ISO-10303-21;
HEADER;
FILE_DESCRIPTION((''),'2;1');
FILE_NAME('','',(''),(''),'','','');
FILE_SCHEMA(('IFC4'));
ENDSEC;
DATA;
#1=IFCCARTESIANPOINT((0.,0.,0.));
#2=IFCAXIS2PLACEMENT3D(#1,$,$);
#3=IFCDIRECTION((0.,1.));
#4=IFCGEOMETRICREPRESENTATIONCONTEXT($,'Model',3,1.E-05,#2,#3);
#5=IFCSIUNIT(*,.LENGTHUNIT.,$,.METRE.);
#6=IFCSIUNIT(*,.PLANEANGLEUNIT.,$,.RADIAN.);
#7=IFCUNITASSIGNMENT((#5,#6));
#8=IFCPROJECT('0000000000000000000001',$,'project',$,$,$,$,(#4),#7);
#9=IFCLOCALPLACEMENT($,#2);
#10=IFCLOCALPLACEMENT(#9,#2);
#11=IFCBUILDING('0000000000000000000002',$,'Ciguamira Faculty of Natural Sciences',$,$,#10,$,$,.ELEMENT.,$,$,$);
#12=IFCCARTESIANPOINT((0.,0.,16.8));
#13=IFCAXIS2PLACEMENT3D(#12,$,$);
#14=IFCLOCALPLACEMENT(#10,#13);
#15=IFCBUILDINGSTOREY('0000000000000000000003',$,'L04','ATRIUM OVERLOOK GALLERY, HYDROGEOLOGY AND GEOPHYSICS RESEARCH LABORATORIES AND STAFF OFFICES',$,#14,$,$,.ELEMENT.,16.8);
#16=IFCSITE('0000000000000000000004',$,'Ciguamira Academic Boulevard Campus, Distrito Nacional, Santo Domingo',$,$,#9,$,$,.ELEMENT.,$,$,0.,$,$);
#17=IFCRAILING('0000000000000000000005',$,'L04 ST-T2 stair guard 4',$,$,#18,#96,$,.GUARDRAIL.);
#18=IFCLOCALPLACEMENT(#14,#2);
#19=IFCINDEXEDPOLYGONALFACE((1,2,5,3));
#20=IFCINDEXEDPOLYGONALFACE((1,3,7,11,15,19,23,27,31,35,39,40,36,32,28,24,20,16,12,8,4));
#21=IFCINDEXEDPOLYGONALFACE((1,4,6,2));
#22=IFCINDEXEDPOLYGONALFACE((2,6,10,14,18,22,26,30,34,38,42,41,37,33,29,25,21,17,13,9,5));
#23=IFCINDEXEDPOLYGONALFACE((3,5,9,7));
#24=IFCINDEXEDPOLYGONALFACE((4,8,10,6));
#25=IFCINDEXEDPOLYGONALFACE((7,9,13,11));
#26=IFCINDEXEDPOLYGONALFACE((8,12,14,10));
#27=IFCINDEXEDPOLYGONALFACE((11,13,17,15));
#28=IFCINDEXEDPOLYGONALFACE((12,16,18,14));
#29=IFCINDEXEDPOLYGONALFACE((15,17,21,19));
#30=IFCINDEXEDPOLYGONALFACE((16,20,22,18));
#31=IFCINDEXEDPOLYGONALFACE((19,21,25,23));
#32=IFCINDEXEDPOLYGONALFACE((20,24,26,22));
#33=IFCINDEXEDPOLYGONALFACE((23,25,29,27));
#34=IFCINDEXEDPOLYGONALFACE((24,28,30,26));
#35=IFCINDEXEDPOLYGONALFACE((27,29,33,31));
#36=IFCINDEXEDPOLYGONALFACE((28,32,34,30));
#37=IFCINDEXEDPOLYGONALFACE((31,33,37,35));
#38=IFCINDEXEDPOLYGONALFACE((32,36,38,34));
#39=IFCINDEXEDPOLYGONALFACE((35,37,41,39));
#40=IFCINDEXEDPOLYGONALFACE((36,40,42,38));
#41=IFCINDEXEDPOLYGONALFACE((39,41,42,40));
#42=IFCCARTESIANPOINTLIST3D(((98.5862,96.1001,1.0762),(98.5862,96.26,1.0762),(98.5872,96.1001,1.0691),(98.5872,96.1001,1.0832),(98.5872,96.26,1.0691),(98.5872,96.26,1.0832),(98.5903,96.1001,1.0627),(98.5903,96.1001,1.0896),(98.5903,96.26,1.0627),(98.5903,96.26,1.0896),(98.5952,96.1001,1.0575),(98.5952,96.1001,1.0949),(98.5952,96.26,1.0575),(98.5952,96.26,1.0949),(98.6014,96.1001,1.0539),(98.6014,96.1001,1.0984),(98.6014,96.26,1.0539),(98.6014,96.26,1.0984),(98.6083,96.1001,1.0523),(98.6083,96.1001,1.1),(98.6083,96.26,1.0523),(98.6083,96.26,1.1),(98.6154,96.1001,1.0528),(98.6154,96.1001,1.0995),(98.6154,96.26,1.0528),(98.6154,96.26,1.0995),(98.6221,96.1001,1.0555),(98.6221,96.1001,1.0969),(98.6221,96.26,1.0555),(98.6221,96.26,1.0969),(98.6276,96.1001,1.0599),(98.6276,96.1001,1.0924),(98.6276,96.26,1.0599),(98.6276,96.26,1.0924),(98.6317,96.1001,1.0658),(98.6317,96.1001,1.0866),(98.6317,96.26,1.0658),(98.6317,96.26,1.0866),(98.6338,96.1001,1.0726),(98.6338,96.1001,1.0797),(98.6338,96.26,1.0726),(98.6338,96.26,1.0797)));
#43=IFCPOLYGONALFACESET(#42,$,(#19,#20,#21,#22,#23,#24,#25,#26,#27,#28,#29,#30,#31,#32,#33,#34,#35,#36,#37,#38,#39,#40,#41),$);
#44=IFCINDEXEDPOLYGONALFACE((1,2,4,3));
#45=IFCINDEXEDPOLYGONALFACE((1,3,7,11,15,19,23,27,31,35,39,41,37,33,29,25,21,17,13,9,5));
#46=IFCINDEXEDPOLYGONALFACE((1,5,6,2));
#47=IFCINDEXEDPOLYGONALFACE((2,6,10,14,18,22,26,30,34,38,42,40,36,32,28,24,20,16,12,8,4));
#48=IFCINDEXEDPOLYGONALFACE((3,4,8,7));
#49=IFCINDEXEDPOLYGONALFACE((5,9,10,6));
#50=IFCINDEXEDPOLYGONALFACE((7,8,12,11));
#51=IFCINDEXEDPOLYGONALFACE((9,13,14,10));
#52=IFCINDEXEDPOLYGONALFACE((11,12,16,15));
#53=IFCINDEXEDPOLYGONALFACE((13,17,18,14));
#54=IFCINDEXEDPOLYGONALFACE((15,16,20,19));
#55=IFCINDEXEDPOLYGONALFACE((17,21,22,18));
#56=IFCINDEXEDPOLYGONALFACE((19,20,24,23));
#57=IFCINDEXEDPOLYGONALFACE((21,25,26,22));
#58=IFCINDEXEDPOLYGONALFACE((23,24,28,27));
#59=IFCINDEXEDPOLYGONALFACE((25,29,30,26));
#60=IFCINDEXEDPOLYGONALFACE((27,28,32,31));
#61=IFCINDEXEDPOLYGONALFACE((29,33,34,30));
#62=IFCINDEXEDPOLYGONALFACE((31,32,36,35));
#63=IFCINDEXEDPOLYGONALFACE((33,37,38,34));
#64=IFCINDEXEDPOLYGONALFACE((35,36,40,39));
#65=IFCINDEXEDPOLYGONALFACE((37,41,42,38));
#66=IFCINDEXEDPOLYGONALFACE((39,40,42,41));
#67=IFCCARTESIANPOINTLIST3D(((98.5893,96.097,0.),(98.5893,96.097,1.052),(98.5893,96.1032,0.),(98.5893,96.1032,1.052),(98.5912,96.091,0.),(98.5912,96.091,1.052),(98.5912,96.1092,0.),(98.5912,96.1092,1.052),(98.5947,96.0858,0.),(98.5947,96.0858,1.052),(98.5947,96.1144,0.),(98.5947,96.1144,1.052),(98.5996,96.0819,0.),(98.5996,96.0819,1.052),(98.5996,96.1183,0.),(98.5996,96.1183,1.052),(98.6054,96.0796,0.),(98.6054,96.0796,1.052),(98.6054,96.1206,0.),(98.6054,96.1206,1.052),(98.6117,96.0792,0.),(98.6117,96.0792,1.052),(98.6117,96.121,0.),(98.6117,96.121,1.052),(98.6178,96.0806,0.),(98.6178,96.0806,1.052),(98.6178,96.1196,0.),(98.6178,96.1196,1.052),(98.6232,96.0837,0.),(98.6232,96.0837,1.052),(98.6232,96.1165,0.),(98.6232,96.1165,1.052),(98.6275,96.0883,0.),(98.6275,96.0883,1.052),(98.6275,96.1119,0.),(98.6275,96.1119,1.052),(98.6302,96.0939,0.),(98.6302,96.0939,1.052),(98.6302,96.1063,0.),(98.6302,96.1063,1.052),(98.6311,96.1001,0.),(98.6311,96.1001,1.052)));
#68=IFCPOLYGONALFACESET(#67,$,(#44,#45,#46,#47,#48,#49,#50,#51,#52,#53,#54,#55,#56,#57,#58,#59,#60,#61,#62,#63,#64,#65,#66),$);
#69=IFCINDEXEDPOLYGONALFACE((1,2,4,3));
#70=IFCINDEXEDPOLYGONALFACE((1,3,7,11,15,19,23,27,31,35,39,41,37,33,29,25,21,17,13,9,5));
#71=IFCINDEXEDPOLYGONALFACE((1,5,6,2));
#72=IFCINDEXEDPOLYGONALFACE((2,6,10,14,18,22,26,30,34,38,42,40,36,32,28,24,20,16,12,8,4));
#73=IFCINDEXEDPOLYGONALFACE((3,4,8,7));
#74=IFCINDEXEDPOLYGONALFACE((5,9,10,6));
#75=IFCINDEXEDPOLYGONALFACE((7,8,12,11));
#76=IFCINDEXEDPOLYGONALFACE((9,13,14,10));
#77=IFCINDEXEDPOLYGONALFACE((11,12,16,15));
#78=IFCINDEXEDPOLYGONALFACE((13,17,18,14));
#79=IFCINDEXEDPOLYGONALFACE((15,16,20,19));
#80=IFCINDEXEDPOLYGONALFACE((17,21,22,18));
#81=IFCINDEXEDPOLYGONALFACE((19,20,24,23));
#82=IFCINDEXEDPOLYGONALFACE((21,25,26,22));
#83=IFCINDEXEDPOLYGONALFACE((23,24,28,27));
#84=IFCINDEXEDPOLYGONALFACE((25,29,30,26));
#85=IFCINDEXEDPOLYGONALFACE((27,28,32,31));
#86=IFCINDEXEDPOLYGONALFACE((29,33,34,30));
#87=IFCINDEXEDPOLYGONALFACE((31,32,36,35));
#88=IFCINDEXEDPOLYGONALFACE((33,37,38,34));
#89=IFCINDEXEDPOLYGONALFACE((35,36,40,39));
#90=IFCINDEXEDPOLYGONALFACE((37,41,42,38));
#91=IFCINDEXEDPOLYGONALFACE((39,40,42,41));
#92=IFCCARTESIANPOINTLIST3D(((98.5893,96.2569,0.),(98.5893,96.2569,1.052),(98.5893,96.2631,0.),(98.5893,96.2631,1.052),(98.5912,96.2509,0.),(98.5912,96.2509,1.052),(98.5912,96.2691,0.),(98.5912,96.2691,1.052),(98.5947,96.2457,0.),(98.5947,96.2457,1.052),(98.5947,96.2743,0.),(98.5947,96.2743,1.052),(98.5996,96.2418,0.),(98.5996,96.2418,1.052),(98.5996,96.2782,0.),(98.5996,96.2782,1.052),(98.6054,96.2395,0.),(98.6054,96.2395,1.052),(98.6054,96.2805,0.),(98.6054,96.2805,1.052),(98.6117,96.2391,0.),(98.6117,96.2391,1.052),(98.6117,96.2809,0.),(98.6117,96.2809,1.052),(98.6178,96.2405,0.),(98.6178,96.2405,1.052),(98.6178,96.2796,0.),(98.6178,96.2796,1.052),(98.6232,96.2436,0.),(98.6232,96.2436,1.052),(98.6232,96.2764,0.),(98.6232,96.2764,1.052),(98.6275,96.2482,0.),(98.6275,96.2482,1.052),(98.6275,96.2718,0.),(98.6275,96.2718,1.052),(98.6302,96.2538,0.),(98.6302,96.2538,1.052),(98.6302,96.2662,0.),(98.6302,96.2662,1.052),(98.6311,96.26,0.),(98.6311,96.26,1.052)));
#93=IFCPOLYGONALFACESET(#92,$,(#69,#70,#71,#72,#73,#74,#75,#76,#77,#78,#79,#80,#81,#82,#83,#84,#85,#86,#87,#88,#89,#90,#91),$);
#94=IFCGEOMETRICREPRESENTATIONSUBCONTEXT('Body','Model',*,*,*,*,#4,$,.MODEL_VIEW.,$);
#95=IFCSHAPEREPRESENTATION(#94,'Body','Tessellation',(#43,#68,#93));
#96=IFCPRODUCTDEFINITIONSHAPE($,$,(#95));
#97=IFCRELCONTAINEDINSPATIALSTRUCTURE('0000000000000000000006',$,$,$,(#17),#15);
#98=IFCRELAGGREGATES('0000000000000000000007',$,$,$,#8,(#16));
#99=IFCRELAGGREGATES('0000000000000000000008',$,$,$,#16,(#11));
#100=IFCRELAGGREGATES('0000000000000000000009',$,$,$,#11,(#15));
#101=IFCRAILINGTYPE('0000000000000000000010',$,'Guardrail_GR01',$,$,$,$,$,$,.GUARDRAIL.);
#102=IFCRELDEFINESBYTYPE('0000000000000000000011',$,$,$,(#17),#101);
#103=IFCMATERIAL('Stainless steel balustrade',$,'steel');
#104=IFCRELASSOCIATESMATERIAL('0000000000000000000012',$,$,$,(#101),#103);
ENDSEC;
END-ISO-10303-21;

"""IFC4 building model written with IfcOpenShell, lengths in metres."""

from ifc_helpers import new_model, si_unit, direction, frame, origin, origin_2d, place, context, subcontext, project, spatial, circle, extrude, material, type_object, element, save


model = new_model("IFC4")

# Units and contexts
model_context = context("Model", 3, precision=1e-05, world=origin(), true_north=direction((0.0, 1.0)))
body_context = subcontext(model_context, "Body", "Model", "MODEL_VIEW")
ifc_project = project(units=[si_unit("LENGTHUNIT", "METRE"), si_unit("PLANEANGLEUNIT", "RADIAN")], contexts=[model_context])

# Site, building, storey
site_placement = place(None, origin())
site = spatial("IfcSite", under=ifc_project, at=site_placement, Name="Ciguamira Academic Boulevard Campus, Distrito Nacional, Santo Domingo", CompositionType="ELEMENT", RefElevation=0.0)
building_placement = place(site_placement, origin())
building = spatial("IfcBuilding", under=site, at=building_placement, Name="Ciguamira Faculty of Natural Sciences", CompositionType="ELEMENT")
storey_placement = place(building_placement, frame((0.0, 0.0, 16.8)))
storey = spatial("IfcBuildingStorey", under=building, at=storey_placement, Name="L04", Description="ATRIUM OVERLOOK GALLERY, HYDROGEOLOGY AND GEOPHYSICS RESEARCH LABORATORIES AND STAFF OFFICES", CompositionType="ELEMENT", Elevation=16.8)

# Railing
ifc_material_1 = material(Name="Stainless steel balustrade", Category="steel")
railing_type_1 = type_object("IfcRailingType", Name="Guardrail_GR01", PredefinedType="GUARDRAIL", material=ifc_material_1)
railing_1_placement = place(storey_placement, frame((98.6101, 96.1001, 0.0)))
element("IfcRailing", 1, at=railing_1_placement, inside=storey, type_object=railing_type_1, Name="L04 ST-T2 stair guard 4", PredefinedType="GUARDRAIL", context=body_context, shape_type="SweptSolid", body=[
    extrude(circle(Radius=0.0239, at=origin_2d()), frame((0.0, 0.0, 1.0762), z_axis=(0.0, 1.0, 0.0), x_axis=(-1.0, 0.0, 0.0)), (0.0, 0.0, 1.0), 0.1599),
    extrude(circle(Radius=0.021, at=origin_2d()), origin(), (0.0, 0.0, 1.0), 1.052),
    extrude(circle(Radius=0.021, at=origin_2d()), frame((0.0, 0.1599, 0.0)), (0.0, 0.0, 1.0), 1.052),
])

save(model, "model.ifc")
